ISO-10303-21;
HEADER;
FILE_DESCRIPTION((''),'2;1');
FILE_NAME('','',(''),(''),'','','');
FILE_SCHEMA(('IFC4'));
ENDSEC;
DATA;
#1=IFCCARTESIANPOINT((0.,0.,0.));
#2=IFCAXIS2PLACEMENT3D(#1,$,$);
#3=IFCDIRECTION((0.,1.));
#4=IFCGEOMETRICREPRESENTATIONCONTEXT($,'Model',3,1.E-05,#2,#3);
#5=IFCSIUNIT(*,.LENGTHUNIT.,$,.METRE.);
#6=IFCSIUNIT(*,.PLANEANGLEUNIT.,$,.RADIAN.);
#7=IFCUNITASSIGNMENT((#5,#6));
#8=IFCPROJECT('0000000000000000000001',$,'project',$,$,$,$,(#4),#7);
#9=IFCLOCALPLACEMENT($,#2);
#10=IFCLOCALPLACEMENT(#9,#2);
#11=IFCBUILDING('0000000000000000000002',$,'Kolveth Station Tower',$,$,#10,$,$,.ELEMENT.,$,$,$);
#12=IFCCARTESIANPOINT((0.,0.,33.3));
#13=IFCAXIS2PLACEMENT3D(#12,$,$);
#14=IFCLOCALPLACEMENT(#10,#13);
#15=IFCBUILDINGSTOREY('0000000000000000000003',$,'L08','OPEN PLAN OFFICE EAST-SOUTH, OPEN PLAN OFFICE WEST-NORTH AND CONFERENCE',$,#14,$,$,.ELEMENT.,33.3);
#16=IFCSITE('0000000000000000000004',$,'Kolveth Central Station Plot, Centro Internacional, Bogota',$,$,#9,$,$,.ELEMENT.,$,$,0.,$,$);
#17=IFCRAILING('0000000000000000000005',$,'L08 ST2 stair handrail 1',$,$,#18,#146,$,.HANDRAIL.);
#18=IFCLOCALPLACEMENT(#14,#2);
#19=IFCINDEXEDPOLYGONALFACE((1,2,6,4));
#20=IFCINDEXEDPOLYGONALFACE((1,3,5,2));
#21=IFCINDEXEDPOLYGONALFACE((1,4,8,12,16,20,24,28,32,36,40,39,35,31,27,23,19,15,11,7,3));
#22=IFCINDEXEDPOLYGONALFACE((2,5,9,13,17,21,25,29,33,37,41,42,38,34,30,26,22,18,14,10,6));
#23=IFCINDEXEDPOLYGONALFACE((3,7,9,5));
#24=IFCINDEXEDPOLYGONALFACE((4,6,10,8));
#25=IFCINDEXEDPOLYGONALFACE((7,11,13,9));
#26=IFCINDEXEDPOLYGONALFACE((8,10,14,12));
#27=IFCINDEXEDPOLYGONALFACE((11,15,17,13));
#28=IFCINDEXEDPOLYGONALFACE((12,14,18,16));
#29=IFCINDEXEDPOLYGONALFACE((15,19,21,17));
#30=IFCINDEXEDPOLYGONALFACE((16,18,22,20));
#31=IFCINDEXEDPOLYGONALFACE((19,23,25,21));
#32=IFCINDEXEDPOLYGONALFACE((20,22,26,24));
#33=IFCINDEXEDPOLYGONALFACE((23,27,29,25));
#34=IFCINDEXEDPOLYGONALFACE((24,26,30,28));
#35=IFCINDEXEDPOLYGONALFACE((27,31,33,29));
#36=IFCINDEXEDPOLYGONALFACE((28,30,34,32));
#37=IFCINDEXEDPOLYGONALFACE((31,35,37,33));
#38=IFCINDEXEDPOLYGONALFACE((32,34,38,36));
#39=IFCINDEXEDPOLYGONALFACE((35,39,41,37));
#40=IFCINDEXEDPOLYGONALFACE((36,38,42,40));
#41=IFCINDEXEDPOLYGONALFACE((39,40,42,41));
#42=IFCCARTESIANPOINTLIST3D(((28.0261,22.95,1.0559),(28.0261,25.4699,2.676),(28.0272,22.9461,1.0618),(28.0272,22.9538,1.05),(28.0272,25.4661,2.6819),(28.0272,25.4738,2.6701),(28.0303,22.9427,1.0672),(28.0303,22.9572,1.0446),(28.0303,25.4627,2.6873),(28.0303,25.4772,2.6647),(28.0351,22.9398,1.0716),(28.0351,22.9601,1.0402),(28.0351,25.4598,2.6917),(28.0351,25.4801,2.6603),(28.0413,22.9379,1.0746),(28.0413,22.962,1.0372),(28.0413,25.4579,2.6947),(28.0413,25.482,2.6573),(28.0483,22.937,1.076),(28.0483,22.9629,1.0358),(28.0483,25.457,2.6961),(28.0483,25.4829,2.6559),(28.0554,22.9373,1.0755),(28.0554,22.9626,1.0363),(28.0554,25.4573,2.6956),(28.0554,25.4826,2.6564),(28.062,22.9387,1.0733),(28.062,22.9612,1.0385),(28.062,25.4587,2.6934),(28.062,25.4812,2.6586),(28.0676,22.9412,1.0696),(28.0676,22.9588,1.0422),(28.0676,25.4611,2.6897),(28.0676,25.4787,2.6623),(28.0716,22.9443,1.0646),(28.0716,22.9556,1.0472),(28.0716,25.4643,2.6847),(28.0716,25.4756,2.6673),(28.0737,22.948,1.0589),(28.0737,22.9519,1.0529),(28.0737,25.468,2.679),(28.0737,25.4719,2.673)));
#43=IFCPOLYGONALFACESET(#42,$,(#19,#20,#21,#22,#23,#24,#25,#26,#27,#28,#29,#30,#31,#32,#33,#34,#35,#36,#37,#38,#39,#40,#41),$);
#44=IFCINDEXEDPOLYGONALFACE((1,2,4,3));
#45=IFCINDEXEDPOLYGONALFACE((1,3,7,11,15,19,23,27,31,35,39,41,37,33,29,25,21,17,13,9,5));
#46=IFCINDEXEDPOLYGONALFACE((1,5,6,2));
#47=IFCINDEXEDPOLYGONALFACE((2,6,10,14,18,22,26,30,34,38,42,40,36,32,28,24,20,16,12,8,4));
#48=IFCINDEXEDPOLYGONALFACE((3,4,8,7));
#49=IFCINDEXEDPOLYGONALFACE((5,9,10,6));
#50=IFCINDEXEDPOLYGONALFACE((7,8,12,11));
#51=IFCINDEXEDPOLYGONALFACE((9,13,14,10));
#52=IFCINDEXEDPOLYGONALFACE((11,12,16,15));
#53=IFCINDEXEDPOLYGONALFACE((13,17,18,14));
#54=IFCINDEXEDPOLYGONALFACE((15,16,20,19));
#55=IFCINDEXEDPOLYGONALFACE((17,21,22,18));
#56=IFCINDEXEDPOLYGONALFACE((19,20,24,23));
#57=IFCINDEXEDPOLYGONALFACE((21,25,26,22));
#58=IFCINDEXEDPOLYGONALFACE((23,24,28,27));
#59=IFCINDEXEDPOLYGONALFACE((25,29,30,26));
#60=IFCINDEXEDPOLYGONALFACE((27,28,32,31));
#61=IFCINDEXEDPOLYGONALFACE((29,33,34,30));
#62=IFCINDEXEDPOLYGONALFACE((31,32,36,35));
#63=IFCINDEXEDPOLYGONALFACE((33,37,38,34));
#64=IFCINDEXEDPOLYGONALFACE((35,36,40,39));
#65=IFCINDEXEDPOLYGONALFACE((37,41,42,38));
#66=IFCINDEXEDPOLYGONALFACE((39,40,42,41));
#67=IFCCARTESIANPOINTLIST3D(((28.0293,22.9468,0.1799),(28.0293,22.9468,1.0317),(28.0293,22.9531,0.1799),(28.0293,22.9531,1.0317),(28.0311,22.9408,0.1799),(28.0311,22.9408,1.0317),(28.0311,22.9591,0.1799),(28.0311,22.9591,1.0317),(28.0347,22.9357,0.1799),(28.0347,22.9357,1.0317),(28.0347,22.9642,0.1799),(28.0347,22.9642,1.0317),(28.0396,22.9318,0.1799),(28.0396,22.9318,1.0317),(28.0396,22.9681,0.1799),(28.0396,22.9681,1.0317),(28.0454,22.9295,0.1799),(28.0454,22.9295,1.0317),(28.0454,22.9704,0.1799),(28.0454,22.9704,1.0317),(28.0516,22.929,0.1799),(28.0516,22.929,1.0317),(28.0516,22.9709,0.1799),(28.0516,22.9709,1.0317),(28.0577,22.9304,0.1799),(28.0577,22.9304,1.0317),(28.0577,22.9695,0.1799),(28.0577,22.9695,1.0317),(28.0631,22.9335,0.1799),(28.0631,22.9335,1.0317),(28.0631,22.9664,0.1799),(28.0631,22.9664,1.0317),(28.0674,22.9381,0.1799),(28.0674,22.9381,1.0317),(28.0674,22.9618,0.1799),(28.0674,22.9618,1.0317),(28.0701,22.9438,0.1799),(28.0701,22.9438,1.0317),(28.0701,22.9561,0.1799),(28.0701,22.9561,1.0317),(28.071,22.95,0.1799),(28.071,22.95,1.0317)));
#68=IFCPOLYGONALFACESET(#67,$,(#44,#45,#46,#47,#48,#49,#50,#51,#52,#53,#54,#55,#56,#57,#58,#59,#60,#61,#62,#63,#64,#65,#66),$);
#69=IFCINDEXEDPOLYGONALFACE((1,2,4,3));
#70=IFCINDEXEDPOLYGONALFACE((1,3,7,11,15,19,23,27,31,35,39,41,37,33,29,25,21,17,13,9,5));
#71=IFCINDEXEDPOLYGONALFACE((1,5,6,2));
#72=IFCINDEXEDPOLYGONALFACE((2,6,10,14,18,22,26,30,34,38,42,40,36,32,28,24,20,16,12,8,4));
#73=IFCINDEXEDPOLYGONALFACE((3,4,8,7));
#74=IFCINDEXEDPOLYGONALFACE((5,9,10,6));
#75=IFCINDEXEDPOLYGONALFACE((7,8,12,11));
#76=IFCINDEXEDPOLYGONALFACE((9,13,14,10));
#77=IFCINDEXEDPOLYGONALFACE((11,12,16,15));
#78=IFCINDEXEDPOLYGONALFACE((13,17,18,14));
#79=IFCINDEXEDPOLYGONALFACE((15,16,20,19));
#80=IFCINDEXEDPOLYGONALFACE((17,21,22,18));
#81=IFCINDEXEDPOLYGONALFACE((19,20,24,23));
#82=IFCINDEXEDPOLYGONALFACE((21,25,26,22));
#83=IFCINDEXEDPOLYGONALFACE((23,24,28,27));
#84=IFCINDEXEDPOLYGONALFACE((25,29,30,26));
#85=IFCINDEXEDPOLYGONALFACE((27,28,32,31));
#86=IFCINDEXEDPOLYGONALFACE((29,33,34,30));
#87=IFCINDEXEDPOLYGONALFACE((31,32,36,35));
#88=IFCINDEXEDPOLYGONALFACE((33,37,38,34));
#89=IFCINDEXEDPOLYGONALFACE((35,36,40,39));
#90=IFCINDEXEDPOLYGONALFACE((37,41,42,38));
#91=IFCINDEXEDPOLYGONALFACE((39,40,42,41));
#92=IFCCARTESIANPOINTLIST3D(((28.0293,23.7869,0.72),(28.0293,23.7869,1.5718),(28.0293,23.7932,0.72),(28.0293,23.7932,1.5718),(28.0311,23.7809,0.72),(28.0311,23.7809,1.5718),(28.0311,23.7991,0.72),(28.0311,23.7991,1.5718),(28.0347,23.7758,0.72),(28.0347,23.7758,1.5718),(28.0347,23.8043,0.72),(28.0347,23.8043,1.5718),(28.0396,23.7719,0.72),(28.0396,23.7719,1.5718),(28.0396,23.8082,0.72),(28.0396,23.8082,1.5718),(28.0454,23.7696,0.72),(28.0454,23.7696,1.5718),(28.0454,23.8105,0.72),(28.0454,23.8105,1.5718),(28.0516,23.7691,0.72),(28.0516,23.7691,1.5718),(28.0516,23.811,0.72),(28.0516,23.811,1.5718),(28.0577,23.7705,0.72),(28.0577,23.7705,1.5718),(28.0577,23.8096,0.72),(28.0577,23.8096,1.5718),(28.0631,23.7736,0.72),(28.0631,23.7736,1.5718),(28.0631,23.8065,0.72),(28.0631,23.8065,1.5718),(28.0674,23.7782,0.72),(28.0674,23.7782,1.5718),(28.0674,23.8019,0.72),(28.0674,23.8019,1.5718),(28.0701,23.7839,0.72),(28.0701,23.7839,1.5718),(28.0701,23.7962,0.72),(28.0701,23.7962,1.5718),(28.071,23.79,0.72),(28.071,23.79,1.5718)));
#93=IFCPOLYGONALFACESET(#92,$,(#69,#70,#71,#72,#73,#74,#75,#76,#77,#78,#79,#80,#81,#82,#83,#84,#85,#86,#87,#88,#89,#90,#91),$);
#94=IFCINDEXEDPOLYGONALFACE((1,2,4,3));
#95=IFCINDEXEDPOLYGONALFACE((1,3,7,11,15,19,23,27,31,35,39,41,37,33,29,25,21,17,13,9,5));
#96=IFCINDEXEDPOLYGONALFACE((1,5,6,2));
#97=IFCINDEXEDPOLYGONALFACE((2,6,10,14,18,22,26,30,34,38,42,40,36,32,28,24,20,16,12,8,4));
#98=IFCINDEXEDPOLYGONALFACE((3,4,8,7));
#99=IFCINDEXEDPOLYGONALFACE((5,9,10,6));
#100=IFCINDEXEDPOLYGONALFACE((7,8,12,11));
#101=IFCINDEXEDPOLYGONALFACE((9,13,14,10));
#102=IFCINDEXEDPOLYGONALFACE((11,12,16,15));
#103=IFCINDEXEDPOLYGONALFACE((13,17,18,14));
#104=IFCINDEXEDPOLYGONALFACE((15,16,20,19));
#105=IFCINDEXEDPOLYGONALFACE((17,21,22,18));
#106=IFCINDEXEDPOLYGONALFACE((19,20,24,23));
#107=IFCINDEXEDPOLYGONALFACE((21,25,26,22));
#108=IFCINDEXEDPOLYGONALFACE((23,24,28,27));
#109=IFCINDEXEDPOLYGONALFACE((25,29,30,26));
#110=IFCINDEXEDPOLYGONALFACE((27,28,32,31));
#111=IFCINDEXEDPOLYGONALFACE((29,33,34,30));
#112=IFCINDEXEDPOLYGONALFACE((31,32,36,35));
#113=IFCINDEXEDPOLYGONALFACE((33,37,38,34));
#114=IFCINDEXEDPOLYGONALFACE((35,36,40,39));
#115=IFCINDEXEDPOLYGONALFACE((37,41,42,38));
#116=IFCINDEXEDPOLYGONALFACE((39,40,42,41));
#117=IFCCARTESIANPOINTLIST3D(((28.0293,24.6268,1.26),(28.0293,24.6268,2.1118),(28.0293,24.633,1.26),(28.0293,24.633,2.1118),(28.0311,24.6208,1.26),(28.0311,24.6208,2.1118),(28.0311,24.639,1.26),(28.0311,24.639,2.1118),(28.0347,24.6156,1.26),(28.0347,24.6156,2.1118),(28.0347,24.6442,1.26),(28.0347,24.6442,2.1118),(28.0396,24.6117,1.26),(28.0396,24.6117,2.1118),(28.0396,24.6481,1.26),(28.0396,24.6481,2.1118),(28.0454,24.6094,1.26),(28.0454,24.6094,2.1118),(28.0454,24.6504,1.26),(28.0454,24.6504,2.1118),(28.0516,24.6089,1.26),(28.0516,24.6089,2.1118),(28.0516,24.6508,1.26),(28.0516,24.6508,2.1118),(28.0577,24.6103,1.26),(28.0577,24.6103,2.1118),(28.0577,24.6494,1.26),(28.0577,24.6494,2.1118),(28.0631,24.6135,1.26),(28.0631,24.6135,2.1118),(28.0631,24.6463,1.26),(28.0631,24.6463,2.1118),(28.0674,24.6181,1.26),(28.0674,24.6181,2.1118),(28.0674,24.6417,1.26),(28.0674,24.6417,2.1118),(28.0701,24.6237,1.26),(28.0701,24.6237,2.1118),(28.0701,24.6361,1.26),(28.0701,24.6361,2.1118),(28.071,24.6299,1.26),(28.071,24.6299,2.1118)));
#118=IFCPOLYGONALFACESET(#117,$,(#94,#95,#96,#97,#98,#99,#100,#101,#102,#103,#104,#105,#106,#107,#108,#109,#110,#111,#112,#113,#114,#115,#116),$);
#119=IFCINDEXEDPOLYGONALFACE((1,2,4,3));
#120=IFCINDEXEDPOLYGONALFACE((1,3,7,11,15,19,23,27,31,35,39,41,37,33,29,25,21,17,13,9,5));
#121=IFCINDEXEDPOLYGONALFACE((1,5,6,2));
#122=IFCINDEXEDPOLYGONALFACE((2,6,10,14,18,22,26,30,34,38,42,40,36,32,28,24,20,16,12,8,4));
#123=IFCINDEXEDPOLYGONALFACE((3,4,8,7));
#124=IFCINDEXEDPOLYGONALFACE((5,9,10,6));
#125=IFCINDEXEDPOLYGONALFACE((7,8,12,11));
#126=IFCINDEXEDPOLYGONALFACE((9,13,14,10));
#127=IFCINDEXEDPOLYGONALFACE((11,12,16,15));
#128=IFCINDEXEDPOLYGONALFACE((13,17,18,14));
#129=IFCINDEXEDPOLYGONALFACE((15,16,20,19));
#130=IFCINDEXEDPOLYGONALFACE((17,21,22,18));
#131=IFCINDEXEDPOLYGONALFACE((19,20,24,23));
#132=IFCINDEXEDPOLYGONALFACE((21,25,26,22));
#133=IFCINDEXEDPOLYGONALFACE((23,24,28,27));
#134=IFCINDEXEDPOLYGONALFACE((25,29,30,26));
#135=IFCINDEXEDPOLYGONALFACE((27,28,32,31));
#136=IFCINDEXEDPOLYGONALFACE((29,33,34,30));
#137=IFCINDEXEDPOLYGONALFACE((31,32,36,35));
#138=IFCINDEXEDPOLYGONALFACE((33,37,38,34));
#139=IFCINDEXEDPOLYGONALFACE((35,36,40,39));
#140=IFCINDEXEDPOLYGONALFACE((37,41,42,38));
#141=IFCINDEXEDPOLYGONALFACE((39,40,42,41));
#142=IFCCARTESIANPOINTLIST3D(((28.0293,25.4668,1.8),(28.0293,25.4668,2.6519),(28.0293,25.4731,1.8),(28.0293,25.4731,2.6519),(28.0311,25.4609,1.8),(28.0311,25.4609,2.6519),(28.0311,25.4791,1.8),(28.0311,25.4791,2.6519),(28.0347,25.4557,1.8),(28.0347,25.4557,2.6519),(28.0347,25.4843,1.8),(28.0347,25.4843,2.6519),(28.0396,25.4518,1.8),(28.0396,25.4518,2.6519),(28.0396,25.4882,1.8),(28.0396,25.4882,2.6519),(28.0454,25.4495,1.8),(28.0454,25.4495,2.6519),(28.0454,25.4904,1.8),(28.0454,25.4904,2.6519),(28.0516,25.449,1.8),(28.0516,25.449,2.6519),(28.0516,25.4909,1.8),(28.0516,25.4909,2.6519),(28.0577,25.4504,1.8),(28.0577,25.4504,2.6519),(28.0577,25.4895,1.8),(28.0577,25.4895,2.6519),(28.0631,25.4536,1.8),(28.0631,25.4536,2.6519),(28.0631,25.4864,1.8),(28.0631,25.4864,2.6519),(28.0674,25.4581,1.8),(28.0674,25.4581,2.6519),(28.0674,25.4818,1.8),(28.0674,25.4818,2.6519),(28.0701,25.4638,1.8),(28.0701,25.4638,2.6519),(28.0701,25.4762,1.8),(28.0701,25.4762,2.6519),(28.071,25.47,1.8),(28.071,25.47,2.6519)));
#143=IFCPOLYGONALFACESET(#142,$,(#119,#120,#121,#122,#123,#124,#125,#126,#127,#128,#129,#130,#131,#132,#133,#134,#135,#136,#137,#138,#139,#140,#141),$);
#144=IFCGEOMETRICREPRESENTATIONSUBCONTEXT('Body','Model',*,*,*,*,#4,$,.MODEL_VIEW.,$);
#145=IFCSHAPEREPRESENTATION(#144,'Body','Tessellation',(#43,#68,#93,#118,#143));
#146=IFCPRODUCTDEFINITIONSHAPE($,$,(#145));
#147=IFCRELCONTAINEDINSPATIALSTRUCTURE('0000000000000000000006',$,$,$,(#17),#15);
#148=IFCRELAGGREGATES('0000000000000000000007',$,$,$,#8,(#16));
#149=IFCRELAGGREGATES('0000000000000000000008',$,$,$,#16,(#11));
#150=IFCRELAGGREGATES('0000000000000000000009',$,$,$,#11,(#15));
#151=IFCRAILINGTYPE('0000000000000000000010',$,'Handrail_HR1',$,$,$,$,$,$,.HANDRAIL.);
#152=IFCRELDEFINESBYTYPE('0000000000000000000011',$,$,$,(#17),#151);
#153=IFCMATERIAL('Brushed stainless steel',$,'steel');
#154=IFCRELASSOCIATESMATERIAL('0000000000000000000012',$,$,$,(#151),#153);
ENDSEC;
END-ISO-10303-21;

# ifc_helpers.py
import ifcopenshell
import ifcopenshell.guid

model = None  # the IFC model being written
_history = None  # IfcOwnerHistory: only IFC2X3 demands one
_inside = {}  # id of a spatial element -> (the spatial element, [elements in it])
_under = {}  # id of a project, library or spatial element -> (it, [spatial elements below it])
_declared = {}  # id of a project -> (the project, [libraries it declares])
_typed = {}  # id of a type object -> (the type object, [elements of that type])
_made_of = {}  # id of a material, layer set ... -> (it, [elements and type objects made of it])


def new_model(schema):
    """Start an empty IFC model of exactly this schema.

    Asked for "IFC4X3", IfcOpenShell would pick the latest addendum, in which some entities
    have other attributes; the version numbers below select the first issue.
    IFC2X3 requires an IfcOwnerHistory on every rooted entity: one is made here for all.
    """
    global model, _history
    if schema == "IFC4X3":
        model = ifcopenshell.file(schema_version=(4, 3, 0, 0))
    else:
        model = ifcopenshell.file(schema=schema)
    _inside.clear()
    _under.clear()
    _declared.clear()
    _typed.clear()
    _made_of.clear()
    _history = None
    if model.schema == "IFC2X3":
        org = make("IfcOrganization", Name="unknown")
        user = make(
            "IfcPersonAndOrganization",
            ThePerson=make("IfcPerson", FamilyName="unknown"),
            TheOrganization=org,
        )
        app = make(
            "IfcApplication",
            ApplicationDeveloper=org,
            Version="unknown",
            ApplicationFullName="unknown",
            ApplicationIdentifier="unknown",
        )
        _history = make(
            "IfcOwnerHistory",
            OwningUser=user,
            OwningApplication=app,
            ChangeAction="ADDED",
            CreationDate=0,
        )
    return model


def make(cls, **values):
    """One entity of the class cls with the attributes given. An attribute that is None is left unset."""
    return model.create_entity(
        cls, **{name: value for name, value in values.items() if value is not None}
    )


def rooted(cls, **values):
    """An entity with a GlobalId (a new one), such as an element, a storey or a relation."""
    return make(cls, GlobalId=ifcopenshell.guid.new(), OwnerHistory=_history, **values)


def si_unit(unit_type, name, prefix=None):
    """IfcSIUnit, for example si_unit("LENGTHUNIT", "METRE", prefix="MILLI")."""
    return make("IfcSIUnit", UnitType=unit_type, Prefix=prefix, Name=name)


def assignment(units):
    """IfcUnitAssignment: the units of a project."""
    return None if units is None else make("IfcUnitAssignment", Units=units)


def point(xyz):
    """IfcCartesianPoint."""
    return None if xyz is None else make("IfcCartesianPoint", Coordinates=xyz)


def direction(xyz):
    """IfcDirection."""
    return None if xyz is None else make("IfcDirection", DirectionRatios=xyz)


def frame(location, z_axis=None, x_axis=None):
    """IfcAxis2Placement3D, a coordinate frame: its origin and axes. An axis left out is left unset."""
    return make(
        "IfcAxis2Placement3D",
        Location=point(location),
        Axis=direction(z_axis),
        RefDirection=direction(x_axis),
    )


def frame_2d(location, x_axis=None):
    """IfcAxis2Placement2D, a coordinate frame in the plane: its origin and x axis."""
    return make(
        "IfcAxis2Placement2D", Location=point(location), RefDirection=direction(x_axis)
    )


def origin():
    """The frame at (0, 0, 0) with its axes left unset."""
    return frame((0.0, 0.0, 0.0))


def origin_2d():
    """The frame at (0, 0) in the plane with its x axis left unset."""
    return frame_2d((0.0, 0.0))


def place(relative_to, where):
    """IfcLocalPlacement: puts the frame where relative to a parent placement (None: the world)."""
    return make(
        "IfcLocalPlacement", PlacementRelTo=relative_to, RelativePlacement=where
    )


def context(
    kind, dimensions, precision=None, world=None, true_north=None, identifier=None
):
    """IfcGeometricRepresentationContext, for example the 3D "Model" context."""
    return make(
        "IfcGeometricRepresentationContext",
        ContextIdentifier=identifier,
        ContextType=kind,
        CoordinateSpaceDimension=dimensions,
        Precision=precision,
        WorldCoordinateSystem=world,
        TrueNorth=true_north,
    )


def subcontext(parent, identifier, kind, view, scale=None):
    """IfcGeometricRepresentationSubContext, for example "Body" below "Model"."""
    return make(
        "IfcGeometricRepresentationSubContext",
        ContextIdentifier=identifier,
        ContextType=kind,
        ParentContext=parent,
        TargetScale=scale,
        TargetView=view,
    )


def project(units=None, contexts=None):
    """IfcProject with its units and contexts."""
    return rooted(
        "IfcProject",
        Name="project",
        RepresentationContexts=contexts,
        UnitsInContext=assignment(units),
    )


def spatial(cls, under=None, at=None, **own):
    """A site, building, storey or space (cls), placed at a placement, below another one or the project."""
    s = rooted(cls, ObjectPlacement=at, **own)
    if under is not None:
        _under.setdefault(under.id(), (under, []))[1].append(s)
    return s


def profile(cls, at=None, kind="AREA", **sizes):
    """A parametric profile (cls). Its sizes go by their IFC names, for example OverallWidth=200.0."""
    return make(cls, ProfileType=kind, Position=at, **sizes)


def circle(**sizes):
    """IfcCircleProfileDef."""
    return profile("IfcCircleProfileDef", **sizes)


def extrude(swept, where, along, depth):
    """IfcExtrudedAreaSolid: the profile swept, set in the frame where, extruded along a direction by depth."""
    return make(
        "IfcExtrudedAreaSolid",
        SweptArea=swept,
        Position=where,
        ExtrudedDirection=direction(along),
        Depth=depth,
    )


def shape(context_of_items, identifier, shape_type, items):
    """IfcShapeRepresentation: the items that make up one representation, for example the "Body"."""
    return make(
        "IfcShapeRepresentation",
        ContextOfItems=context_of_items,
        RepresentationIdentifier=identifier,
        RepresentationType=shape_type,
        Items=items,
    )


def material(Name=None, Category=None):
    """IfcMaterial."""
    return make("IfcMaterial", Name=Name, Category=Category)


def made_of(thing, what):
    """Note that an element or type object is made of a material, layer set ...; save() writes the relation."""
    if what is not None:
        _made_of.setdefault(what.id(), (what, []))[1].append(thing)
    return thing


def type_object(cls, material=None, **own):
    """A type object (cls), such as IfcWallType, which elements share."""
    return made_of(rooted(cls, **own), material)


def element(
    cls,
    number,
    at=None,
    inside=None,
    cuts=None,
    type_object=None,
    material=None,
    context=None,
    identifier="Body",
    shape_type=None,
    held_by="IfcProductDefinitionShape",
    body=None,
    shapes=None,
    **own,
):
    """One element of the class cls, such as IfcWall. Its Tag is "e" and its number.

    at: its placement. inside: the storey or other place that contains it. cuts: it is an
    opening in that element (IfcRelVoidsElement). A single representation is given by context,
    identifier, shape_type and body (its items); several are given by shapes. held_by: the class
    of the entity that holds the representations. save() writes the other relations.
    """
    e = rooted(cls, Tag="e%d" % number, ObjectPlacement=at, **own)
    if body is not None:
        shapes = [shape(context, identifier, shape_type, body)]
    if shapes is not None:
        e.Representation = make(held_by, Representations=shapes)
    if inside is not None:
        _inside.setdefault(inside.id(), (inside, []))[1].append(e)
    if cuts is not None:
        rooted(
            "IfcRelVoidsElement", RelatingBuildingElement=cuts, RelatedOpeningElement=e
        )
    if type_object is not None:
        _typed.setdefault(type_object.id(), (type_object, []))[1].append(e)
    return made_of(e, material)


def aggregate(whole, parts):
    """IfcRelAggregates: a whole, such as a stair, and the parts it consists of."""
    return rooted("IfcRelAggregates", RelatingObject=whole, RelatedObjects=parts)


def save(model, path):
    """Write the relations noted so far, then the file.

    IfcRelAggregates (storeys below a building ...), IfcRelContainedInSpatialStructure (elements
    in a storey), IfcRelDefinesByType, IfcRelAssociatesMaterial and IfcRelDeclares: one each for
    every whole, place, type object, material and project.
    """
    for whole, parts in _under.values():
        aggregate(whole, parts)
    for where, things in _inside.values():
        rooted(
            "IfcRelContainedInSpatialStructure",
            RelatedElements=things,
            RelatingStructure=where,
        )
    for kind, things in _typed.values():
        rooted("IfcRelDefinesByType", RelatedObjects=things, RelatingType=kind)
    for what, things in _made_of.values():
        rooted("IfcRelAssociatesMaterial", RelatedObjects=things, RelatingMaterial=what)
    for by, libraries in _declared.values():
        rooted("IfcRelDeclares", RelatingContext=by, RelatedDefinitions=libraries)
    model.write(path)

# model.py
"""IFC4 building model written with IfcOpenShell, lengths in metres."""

from ifc_helpers import new_model, si_unit, direction, frame, origin, origin_2d, place, context, subcontext, project, spatial, circle, extrude, material, type_object, element, save


model = new_model("IFC4")

# Units and contexts
model_context = context("Model", 3, precision=1e-05, world=origin(), true_north=direction((0.0, 1.0)))
body_context = subcontext(model_context, "Body", "Model", "MODEL_VIEW")
ifc_project = project(units=[si_unit("LENGTHUNIT", "METRE"), si_unit("PLANEANGLEUNIT", "RADIAN")], contexts=[model_context])

# Site, building, storey
site_placement = place(None, origin())
site = spatial("IfcSite", under=ifc_project, at=site_placement, Name="Kolveth Central Station Plot, Centro Internacional, Bogota", CompositionType="ELEMENT", RefElevation=0.0)
building_placement = place(site_placement, origin())
building = spatial("IfcBuilding", under=site, at=building_placement, Name="Kolveth Station Tower", CompositionType="ELEMENT")
storey_placement = place(building_placement, frame((0.0, 0.0, 33.3)))
storey = spatial("IfcBuildingStorey", under=building, at=storey_placement, Name="L08", Description="OPEN PLAN OFFICE EAST-SOUTH, OPEN PLAN OFFICE WEST-NORTH AND CONFERENCE", CompositionType="ELEMENT", Elevation=33.3)

# Railing
ifc_material_1 = material(Name="Brushed stainless steel", Category="steel")
railing_type_1 = type_object("IfcRailingType", Name="Handrail_HR1", PredefinedType="HANDRAIL", material=ifc_material_1)
railing_1_placement = place(storey_placement, frame((28.05, 22.95, 0.1799)))
element("IfcRailing", 1, at=railing_1_placement, inside=storey, type_object=railing_type_1, Name="L08 ST2 stair handrail 1", PredefinedType="HANDRAIL", context=body_context, shape_type="SweptSolid", body=[
    extrude(circle(Radius=0.0239, at=origin_2d()), frame((0.0, 0.0, 0.876), z_axis=(0.0, 0.841163, 0.540782), x_axis=(-1.0, 0.0, 0.0)), (0.0, 0.0, 1.0), 2.9958),
    extrude(circle(Radius=0.021, at=origin_2d()), origin(), (0.0, 0.0, 1.0), 0.8518),
    extrude(circle(Radius=0.021, at=origin_2d()), frame((0.0, 0.8401, 0.54)), (0.0, 0.0, 1.0), 0.8518),
    extrude(circle(Radius=0.021, at=origin_2d()), frame((0.0, 1.6799, 1.0801)), (0.0, 0.0, 1.0), 0.8518),
    extrude(circle(Radius=0.021, at=origin_2d()), frame((0.0, 2.52, 1.6201)), (0.0, 0.0, 1.0), 0.8518),
])

save(model, "model.ifc")
